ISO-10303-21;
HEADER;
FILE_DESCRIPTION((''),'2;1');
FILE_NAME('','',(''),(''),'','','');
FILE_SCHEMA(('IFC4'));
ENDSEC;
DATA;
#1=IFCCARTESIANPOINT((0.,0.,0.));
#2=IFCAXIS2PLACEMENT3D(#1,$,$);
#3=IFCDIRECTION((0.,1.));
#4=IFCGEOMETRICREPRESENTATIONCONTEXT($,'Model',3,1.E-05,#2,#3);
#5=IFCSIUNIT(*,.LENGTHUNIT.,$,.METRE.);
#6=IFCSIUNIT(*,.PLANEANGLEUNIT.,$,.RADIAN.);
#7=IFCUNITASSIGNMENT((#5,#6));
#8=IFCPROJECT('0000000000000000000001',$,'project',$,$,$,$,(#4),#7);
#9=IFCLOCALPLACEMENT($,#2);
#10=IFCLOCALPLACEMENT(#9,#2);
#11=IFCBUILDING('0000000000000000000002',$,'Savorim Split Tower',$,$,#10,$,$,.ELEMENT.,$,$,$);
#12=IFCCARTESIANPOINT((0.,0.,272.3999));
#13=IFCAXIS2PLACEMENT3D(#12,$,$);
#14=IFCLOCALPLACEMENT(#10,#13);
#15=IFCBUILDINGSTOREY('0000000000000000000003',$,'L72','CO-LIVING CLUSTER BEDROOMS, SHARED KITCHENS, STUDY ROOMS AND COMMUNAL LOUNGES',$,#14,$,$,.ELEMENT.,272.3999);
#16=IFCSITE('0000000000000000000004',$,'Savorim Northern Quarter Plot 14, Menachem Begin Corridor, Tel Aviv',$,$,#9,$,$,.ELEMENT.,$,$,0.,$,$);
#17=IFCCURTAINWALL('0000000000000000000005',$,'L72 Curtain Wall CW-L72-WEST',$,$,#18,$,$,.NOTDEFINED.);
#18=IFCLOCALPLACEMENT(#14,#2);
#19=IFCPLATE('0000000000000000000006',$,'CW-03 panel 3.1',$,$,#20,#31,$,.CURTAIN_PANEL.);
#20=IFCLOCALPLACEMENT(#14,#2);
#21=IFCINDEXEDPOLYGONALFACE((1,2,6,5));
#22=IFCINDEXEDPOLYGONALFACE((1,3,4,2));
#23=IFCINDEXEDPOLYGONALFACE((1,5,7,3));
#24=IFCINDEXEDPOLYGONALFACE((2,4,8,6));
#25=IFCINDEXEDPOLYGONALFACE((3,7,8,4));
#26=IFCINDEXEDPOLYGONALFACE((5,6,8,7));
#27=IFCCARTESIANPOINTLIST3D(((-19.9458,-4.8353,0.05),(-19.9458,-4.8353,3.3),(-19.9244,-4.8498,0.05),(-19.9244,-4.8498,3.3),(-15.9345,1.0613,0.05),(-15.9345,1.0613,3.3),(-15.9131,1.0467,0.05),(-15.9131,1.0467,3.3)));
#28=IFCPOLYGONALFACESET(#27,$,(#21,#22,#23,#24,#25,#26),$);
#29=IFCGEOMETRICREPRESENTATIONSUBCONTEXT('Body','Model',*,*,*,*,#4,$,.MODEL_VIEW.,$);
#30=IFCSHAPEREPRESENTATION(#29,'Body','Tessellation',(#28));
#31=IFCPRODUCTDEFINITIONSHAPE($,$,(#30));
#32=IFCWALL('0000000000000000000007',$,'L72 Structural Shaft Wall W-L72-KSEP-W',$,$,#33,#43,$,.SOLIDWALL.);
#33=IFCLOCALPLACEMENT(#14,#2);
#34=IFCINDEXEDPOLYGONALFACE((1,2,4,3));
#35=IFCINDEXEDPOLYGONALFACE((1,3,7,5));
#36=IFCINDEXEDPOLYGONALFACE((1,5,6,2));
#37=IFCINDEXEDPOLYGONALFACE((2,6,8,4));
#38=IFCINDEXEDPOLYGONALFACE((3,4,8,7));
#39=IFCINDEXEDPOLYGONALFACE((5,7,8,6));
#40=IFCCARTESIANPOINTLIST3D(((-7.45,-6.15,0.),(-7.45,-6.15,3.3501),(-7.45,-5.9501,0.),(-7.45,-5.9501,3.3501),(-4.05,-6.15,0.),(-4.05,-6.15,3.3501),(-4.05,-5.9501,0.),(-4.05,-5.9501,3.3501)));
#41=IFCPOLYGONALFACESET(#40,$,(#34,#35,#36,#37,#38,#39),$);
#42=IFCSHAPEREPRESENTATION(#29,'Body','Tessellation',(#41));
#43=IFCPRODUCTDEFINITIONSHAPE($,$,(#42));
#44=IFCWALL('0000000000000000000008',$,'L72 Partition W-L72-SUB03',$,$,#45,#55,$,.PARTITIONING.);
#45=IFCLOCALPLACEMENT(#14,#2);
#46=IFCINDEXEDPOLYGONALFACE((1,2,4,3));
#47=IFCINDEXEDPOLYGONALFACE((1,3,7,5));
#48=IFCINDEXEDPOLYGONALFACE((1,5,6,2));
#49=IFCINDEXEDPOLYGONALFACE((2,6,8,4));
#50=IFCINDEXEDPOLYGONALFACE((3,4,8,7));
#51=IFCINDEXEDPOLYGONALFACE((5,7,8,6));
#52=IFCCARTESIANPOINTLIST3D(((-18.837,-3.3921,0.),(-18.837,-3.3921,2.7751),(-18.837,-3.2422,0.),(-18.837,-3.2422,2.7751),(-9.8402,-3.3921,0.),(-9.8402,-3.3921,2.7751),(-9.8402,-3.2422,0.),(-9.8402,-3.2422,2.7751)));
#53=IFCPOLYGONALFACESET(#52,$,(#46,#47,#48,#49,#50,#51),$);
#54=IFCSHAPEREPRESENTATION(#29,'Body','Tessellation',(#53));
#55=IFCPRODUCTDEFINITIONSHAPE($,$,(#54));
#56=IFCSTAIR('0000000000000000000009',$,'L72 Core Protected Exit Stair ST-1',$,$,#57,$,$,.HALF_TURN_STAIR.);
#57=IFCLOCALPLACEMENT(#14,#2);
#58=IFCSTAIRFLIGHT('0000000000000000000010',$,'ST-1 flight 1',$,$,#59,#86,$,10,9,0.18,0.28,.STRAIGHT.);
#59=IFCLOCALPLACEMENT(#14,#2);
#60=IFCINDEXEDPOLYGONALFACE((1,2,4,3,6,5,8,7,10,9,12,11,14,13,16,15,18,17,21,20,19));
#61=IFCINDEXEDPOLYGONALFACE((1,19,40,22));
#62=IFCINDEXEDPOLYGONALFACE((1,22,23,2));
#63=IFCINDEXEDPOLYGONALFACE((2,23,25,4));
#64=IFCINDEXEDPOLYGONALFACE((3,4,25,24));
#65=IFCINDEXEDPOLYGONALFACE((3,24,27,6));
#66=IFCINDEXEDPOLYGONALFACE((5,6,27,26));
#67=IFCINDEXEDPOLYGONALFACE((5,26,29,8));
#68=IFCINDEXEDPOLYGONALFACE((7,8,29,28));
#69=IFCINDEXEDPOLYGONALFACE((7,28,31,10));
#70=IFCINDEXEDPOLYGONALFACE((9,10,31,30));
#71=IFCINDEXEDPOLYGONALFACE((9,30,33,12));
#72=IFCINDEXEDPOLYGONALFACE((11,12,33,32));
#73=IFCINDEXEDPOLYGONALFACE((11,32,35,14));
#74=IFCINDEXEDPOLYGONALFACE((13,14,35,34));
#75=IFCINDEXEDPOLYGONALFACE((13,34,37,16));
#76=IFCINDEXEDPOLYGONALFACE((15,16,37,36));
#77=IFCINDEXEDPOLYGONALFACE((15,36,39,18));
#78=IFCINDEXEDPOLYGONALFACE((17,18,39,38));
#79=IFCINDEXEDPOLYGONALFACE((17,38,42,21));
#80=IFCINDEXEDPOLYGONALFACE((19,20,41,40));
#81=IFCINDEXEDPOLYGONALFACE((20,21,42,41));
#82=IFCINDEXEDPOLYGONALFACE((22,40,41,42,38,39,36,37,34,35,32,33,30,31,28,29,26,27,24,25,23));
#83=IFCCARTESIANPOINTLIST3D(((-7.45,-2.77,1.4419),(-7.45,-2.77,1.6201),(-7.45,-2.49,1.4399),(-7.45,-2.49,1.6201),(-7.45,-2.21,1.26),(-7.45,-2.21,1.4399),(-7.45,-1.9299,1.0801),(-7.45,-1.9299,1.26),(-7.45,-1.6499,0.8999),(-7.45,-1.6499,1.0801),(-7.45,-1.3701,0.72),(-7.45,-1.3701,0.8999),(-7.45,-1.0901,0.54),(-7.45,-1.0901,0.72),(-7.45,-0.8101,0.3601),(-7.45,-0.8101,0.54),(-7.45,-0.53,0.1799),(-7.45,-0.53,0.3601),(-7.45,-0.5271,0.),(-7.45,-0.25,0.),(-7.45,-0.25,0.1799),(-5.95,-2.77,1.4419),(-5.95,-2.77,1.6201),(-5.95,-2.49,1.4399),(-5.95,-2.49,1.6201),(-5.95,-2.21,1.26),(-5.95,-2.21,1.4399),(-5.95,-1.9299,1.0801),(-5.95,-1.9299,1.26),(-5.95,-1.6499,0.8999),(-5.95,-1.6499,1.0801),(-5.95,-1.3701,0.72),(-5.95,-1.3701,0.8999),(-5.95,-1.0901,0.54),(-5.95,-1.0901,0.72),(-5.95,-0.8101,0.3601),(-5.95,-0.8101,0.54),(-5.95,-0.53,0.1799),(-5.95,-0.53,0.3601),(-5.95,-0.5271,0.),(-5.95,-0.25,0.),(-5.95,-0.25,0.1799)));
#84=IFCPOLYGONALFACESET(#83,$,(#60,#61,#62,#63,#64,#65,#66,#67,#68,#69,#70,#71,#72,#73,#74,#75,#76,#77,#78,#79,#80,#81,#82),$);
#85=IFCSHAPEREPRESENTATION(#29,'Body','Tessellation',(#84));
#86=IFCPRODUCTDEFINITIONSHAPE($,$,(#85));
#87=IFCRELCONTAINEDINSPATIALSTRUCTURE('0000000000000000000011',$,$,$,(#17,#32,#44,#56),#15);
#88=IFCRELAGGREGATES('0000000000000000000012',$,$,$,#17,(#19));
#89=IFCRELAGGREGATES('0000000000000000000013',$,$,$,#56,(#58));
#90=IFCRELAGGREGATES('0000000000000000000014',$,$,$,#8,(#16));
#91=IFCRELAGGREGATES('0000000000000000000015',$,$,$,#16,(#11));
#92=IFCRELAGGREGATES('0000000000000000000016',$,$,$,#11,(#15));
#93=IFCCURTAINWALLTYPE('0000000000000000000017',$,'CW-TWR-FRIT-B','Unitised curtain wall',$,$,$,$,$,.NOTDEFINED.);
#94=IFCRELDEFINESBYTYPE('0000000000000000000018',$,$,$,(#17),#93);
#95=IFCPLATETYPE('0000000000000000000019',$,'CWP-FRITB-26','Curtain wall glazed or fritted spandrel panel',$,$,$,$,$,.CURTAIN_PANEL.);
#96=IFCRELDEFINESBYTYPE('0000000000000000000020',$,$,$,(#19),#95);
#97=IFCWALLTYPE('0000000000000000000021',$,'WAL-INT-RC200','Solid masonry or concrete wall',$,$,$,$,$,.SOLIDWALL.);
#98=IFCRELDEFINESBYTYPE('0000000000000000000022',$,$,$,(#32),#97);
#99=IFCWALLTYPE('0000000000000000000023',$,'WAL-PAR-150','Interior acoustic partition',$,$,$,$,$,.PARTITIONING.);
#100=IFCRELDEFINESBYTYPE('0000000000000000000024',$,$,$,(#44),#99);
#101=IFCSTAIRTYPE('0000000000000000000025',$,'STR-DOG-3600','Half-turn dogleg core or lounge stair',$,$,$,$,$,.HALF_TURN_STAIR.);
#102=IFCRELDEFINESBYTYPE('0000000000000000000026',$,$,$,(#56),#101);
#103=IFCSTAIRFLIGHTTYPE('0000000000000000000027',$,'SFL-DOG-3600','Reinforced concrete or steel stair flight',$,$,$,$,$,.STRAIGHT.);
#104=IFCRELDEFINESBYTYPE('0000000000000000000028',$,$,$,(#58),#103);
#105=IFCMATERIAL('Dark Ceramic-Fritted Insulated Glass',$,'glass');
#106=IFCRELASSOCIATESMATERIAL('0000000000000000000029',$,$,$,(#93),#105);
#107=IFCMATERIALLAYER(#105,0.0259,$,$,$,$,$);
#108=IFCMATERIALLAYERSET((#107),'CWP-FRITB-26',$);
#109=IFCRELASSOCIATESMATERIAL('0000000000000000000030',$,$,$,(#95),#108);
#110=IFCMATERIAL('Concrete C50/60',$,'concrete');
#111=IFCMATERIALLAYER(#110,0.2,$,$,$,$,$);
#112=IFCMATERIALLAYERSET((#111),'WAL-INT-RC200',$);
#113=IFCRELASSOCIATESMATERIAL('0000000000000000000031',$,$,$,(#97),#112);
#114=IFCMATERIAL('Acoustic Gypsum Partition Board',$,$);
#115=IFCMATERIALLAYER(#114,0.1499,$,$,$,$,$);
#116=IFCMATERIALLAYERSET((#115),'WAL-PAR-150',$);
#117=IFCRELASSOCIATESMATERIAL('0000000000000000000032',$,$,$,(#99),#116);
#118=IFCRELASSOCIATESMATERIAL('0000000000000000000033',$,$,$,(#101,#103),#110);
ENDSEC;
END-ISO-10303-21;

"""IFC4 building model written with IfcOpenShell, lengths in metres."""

from ifc_helpers import new_model, si_unit, direction, frame, frame_2d, origin, origin_2d, place, context, subcontext, project, spatial, polyline, rectangle, outline, extrude, material, layer, layer_set, type_object, element, aggregate, save


model = new_model("IFC4")

# Units and contexts
model_context = context("Model", 3, precision=1e-05, world=origin(), true_north=direction((0.0, 1.0)))
body_context = subcontext(model_context, "Body", "Model", "MODEL_VIEW")
ifc_project = project(units=[si_unit("LENGTHUNIT", "METRE"), si_unit("PLANEANGLEUNIT", "RADIAN")], contexts=[model_context])

# Site, building, storey
site_placement = place(None, origin())
site = spatial("IfcSite", under=ifc_project, at=site_placement, Name="Savorim Northern Quarter Plot 14, Menachem Begin Corridor, Tel Aviv", CompositionType="ELEMENT", RefElevation=0.0)
building_placement = place(site_placement, origin())
building = spatial("IfcBuilding", under=site, at=building_placement, Name="Savorim Split Tower", CompositionType="ELEMENT")
storey_placement = place(building_placement, frame((0.0, 0.0, 272.3999)))
storey = spatial("IfcBuildingStorey", under=building, at=storey_placement, Name="L72", Description="CO-LIVING CLUSTER BEDROOMS, SHARED KITCHENS, STUDY ROOMS AND COMMUNAL LOUNGES", CompositionType="ELEMENT", Elevation=272.3999)

# Curtain wall, plate
ifc_material_1 = material(Name="Dark Ceramic-Fritted Insulated Glass", Category="glass")
curtain_wall_type = type_object("IfcCurtainWallType", Name="CW-TWR-FRIT-B", Description="Unitised curtain wall", PredefinedType="NOTDEFINED", material=ifc_material_1)
curtain_wall_placement = place(storey_placement, origin())
curtain_wall = element("IfcCurtainWall", 1, at=curtain_wall_placement, inside=storey, type_object=curtain_wall_type, Name="L72 Curtain Wall CW-L72-WEST", PredefinedType="NOTDEFINED")
ifc_layer_1 = layer(ifc_material_1, 0.0259)
ifc_layer_set_1 = layer_set([ifc_layer_1], Name="CWP-FRITB-26")
plate_type = type_object("IfcPlateType", Name="CWP-FRITB-26", Description="Curtain wall glazed or fritted spandrel panel", PredefinedType="CURTAIN_PANEL", material=ifc_layer_set_1)
plate_placement = place(storey_placement, frame((-17.9294, -1.8943, 0.05), z_axis=(0.0, 0.0, 1.0), x_axis=(-0.56247, -0.826817, 0.0)))
plate = element("IfcPlate", 2, at=plate_placement, type_object=plate_type, Name="CW-03 panel 3.1", PredefinedType="CURTAIN_PANEL", context=body_context, shape_type="SweptSolid", body=[
    extrude(rectangle(XDim=7.1316, YDim=0.0259, at=origin_2d()), origin(), (0.0, 0.0, 1.0), 3.25),
])
aggregate(curtain_wall, [plate])

# Shared definitions
ifc_material_2 = material(Name="Concrete C50/60", Category="concrete")
ifc_layer_2 = layer(ifc_material_2, 0.2)
ifc_layer_set_2 = layer_set([ifc_layer_2], Name="WAL-INT-RC200")
wall_type_1 = type_object("IfcWallType", Name="WAL-INT-RC200", Description="Solid masonry or concrete wall", PredefinedType="SOLIDWALL", material=ifc_layer_set_2)

# Walls
wall_1_placement = place(storey_placement, frame((-7.45, -6.05, 0.0), z_axis=(0.0, 0.0, 1.0), x_axis=(1.0, 0.0, 0.0)))
element("IfcWall", 3, at=wall_1_placement, inside=storey, type_object=wall_type_1, Name="L72 Structural Shaft Wall W-L72-KSEP-W", PredefinedType="SOLIDWALL", context=body_context, shape_type="SweptSolid", body=[
    extrude(rectangle(XDim=3.3999, YDim=0.2, at=frame_2d((1.7, 0.0))), origin(), (0.0, 0.0, 1.0), 3.3501),
])
ifc_material_3 = material(Name="Acoustic Gypsum Partition Board")
ifc_layer_3 = layer(ifc_material_3, 0.1499)
ifc_layer_set_3 = layer_set([ifc_layer_3], Name="WAL-PAR-150")
wall_type_2 = type_object("IfcWallType", Name="WAL-PAR-150", Description="Interior acoustic partition", PredefinedType="PARTITIONING", material=ifc_layer_set_3)
wall_2_placement = place(storey_placement, frame((-9.8401, -3.3171, 0.0), z_axis=(0.0, 0.0, 1.0), x_axis=(-1.0, 0.0, 0.0)))
element("IfcWall", 4, at=wall_2_placement, inside=storey, type_object=wall_type_2, Name="L72 Partition W-L72-SUB03", PredefinedType="PARTITIONING", context=body_context, shape_type="SweptSolid", body=[
    extrude(rectangle(XDim=8.9968, YDim=0.1499, at=frame_2d((4.4985, 0.0))), origin(), (0.0, 0.0, 1.0), 2.7751),
])

# Stair, stair flight
stair_type = type_object("IfcStairType", Name="STR-DOG-3600", Description="Half-turn dogleg core or lounge stair", PredefinedType="HALF_TURN_STAIR", material=ifc_material_2)
stair_placement = place(storey_placement, origin())
stair = element("IfcStair", 5, at=stair_placement, inside=storey, type_object=stair_type, Name="L72 Core Protected Exit Stair ST-1", PredefinedType="HALF_TURN_STAIR")
stair_flight_type = type_object("IfcStairFlightType", Name="SFL-DOG-3600", Description="Reinforced concrete or steel stair flight", PredefinedType="STRAIGHT", material=ifc_material_2)
stair_flight_placement = place(storey_placement, frame((-6.7, -0.25, 0.0), z_axis=(0.0, 0.0, 1.0), x_axis=(0.0, -1.0, 0.0)))
stair_flight = element("IfcStairFlight", 6, at=stair_flight_placement, type_object=stair_flight_type, Name="ST-1 flight 1", NumberOfRisers=10, NumberOfTreads=9, PredefinedType="STRAIGHT", RiserHeight=0.18, TreadLength=0.28, context=body_context, shape_type="SweptSolid", body=[
    extrude(outline(polyline([(0.0, 0.0), (0.0, 0.1799), (0.28, 0.1799), (0.28, 0.3601), (0.5601, 0.3601), (0.5601, 0.54), (0.8401, 0.54), (0.8401, 0.72), (1.1201, 0.72), (1.1201, 0.8999), (1.3999, 0.8999), (1.3999, 1.0801), (1.6799, 1.0801), (1.6799, 1.26), (1.96, 1.26), (1.96, 1.4399), (2.24, 1.4399), (2.24, 1.6201), (2.52, 1.6201), (2.52, 1.8), (2.52, 1.4419), (0.2771, 0.0), (0.0, 0.0)])), frame((0.0, 0.75, 0.0), z_axis=(0.0, -1.0, 0.0), x_axis=(1.0, 0.0, 0.0)), (0.0, 0.0, 1.0), 1.5),
])
aggregate(stair, [stair_flight])

save(model, "model.ifc")
